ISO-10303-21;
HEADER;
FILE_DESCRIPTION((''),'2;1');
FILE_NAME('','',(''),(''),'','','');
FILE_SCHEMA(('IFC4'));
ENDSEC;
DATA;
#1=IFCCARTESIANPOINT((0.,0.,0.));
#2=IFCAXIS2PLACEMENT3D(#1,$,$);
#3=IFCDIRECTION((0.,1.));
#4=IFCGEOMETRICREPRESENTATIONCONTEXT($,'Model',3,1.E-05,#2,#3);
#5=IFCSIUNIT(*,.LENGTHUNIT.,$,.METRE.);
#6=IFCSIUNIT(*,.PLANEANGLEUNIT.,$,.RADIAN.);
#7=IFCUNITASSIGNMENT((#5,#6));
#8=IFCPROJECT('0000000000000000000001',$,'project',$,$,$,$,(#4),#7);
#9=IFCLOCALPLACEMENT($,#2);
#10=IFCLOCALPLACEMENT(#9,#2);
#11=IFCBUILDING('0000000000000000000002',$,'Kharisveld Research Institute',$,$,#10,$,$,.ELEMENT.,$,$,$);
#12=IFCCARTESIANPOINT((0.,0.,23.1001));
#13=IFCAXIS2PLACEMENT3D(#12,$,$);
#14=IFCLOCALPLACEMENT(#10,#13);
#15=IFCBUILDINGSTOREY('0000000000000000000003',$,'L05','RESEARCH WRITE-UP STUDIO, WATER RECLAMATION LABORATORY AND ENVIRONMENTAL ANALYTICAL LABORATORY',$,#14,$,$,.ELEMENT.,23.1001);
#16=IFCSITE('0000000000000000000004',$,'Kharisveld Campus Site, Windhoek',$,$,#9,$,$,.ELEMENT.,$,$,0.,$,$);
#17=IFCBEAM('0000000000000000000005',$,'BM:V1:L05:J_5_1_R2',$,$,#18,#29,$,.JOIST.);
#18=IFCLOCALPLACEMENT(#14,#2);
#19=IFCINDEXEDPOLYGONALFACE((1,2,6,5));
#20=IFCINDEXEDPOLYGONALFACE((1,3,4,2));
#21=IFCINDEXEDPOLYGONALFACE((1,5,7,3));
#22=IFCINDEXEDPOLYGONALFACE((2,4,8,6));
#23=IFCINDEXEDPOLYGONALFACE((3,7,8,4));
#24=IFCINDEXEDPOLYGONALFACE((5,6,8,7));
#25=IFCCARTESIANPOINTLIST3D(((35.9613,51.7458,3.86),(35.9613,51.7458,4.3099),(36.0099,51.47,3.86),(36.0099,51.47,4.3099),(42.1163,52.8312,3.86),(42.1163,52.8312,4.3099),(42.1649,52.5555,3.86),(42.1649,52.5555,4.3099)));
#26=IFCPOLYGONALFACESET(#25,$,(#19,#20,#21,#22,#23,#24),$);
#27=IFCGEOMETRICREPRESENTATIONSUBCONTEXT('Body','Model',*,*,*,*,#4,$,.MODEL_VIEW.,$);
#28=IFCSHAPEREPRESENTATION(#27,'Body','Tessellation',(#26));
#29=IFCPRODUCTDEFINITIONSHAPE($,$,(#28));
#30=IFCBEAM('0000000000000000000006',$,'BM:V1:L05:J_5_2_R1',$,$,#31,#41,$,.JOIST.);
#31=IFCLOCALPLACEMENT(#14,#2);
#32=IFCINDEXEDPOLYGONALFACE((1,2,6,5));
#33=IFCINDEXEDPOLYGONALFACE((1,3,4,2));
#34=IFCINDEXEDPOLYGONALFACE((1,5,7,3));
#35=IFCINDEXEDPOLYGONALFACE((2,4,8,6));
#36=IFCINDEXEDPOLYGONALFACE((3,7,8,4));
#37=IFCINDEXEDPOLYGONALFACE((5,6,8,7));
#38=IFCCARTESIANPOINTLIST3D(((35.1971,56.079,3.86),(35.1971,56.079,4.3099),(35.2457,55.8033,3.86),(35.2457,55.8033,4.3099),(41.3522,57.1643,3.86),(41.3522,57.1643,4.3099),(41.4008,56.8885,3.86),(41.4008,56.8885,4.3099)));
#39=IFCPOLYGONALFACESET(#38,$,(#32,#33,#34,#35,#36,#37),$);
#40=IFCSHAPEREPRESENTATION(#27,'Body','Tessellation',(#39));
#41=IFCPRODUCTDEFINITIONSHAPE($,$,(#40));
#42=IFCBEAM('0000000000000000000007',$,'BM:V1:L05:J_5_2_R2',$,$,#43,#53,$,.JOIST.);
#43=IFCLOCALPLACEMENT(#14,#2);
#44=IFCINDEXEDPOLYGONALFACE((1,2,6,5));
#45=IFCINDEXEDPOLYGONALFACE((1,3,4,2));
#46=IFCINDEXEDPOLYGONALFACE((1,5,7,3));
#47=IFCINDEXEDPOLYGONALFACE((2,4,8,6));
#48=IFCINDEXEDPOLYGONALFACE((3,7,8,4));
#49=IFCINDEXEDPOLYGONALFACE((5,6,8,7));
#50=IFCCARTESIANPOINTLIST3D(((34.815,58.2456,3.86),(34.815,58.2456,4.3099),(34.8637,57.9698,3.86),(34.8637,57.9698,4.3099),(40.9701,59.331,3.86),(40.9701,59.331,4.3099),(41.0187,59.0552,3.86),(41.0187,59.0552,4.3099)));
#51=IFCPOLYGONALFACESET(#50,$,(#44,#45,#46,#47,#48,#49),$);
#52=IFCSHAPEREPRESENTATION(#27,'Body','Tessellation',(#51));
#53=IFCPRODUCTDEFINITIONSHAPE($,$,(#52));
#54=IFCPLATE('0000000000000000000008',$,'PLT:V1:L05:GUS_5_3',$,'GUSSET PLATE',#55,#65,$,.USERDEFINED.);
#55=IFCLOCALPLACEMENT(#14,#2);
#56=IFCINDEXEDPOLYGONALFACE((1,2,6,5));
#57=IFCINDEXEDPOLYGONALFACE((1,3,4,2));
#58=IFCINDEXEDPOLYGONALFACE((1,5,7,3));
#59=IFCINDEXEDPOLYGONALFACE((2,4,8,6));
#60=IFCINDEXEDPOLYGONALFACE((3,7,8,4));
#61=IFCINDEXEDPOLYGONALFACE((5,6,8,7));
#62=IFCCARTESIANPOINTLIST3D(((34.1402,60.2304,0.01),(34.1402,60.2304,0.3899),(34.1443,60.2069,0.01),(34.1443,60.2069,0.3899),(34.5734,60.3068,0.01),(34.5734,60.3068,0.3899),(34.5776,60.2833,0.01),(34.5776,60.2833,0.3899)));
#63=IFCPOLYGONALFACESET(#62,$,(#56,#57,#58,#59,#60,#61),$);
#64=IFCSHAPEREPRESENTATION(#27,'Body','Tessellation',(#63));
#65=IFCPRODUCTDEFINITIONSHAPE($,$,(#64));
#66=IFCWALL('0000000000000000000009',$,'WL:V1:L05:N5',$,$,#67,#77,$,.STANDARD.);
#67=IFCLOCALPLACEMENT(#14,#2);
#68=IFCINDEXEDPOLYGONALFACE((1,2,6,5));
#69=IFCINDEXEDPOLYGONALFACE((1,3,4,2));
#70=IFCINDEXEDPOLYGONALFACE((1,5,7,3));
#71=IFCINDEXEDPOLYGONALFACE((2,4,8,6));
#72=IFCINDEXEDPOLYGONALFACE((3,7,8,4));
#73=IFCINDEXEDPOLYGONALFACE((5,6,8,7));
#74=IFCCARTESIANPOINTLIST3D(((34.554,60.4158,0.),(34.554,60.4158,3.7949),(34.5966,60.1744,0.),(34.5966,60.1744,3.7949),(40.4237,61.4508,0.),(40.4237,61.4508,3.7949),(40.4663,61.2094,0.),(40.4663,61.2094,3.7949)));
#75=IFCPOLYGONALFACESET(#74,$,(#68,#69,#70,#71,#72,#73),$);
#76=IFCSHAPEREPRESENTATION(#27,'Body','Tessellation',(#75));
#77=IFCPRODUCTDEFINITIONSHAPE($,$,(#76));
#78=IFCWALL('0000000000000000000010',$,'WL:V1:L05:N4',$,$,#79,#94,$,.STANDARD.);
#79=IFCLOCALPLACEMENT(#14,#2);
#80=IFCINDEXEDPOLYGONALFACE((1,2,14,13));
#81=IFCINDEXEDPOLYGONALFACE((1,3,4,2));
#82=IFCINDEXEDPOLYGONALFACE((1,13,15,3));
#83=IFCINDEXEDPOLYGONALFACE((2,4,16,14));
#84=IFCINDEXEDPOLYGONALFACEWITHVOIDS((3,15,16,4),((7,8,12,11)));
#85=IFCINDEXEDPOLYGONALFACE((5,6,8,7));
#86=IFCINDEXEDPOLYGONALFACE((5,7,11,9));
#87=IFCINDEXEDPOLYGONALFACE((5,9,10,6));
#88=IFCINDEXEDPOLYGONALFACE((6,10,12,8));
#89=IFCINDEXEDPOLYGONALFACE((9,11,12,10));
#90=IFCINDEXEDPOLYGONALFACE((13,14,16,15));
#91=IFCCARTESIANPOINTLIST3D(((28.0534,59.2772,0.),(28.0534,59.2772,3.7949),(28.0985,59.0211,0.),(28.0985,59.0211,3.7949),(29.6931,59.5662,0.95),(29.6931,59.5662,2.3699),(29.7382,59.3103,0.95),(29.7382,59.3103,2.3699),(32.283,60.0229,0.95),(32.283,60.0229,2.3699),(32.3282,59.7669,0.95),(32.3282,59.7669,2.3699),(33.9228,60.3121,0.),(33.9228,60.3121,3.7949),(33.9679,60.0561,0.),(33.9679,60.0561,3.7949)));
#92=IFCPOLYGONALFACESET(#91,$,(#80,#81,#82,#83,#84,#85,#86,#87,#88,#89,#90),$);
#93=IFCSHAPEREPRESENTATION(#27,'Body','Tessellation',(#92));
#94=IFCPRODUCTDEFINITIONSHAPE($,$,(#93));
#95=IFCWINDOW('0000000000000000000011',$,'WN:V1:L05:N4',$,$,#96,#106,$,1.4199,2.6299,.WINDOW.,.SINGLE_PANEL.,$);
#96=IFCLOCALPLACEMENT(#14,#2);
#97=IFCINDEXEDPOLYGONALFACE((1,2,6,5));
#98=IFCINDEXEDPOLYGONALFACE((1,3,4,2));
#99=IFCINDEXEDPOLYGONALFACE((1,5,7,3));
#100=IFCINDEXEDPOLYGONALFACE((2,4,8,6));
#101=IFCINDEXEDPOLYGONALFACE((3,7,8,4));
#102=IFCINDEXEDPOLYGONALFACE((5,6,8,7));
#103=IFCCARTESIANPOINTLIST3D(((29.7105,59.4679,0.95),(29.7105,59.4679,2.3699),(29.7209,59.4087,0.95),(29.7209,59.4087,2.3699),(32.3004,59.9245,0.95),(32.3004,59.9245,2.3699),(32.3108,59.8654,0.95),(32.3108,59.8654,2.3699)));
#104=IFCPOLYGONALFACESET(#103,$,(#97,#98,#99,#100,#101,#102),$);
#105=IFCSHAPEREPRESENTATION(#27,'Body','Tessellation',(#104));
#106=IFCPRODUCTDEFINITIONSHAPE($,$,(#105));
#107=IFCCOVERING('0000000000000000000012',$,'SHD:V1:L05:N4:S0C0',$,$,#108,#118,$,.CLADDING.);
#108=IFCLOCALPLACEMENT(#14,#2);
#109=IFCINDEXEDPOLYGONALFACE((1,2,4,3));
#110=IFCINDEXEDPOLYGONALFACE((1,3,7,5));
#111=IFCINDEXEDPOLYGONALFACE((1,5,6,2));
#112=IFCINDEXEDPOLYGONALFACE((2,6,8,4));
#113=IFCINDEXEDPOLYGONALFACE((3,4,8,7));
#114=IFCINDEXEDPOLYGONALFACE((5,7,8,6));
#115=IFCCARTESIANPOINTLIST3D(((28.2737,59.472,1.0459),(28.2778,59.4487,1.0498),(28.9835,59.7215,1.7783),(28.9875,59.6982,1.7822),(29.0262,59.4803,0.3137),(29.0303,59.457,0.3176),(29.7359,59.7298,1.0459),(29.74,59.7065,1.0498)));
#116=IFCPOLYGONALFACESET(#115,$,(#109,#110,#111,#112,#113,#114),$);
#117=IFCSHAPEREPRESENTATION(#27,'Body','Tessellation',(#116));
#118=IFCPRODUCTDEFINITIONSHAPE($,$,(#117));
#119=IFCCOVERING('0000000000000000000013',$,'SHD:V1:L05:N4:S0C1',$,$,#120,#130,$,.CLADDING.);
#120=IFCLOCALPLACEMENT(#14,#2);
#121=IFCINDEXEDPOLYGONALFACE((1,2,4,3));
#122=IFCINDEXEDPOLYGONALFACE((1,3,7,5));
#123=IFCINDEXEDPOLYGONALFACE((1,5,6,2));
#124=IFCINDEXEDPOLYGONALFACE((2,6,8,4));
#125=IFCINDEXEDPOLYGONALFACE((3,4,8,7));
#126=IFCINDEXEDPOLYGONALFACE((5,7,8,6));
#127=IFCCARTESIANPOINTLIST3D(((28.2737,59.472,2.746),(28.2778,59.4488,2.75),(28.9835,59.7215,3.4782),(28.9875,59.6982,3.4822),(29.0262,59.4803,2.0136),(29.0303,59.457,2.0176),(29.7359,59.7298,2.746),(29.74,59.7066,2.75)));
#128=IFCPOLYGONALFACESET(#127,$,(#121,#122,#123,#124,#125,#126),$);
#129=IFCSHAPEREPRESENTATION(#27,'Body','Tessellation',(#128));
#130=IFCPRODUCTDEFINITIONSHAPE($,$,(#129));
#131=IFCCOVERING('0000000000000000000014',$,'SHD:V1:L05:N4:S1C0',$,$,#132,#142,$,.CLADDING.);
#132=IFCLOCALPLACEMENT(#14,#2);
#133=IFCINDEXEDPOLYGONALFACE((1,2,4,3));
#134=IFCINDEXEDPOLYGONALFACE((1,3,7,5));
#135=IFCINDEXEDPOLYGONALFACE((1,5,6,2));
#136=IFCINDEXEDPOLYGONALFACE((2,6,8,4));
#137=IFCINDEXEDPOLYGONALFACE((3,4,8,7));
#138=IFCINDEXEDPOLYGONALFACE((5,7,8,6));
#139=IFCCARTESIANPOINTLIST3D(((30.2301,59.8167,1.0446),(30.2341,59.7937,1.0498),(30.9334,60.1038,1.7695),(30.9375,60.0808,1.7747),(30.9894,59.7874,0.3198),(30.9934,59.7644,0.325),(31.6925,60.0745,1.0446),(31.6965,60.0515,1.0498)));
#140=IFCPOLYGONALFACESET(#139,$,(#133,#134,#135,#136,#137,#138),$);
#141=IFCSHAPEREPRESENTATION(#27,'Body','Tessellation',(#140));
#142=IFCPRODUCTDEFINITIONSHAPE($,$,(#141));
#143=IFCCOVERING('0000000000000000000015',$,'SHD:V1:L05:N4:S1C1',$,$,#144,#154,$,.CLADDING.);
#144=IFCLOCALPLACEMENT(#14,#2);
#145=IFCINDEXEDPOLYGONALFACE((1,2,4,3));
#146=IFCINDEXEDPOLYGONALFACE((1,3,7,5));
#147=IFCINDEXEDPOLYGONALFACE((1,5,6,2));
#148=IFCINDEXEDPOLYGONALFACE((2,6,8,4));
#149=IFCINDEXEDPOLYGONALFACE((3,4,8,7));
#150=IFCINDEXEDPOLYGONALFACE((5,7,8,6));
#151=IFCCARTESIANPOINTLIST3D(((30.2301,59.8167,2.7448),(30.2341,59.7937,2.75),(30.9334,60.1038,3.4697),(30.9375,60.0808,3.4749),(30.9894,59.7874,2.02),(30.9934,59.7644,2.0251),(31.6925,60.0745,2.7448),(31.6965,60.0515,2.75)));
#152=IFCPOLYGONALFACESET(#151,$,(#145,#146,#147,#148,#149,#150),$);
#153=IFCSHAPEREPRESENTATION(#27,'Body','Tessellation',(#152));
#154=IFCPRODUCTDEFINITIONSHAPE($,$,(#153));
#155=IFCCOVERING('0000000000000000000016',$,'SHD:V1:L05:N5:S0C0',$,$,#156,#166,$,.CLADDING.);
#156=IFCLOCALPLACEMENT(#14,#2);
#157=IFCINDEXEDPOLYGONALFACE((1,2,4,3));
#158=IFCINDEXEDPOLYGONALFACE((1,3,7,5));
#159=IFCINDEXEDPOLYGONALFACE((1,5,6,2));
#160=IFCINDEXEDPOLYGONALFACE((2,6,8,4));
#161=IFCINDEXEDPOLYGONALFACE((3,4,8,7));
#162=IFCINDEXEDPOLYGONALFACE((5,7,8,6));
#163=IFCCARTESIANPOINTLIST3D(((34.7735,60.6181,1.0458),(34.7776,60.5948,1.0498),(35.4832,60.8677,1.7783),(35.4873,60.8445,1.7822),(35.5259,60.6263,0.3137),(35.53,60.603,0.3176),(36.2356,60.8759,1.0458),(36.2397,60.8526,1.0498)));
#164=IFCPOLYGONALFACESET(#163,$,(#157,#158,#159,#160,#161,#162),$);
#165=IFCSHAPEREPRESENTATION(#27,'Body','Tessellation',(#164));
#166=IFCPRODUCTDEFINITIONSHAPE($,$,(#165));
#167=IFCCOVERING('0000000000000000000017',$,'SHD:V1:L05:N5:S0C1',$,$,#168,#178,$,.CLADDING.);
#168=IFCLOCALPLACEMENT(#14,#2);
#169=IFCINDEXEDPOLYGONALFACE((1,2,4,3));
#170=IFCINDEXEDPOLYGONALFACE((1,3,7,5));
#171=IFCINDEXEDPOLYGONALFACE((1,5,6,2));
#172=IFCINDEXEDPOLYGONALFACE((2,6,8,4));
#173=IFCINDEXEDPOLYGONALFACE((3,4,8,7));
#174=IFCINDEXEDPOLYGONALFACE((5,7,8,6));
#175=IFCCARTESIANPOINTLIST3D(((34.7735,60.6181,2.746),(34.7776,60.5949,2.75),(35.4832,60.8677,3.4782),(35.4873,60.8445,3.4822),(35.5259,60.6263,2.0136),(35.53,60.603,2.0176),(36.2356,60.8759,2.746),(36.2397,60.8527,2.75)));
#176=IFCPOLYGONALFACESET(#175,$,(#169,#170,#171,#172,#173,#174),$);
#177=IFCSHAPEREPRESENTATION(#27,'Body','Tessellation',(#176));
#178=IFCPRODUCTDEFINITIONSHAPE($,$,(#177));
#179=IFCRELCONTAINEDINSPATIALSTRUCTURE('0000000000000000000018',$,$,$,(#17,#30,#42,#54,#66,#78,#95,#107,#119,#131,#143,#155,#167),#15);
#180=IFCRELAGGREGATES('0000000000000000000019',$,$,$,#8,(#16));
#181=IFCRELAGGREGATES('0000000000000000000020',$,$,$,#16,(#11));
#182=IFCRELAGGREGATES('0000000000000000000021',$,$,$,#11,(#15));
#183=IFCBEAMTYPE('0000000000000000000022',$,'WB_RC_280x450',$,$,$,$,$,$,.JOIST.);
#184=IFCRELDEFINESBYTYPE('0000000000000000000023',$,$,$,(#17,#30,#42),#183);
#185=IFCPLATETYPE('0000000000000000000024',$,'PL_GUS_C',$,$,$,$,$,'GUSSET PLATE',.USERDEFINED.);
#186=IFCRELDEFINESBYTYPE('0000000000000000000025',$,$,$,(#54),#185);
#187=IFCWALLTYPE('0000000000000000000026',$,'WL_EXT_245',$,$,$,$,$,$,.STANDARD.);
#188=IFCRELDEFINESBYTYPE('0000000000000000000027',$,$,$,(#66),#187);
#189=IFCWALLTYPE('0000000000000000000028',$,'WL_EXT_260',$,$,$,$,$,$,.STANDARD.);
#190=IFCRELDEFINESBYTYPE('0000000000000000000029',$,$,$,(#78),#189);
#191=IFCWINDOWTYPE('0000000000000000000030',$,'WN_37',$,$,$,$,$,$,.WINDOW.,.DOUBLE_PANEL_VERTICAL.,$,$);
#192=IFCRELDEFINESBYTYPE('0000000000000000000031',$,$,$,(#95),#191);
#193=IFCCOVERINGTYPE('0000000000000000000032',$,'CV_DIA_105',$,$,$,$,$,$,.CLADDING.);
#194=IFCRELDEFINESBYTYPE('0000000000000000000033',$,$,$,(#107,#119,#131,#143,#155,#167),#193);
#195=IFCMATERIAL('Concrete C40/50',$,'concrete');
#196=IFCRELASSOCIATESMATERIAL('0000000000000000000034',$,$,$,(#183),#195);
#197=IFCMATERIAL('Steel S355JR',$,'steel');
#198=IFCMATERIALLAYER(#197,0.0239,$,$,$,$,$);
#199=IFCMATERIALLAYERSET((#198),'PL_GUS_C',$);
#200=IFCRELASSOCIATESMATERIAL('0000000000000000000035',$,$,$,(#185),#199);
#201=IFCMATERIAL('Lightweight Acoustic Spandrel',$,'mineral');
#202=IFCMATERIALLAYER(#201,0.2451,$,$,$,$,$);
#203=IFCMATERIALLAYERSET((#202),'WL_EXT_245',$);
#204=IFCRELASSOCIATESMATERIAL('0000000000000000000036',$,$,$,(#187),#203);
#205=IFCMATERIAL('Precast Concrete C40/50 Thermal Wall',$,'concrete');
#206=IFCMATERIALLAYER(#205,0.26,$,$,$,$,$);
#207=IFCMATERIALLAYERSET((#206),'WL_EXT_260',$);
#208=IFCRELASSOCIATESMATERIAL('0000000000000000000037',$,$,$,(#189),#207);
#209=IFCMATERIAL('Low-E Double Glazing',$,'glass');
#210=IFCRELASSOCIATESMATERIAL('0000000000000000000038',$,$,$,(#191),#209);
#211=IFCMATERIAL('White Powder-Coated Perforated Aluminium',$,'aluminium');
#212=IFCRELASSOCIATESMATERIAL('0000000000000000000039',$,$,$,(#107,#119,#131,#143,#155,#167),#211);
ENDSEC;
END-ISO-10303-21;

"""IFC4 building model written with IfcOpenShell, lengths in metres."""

from ifc_helpers import new_model, si_unit, direction, frame, frame_2d, origin, origin_2d, place, context, subcontext, project, spatial, polyline, rectangle, outline, extrude, material, layer, layer_set, material_profile, profile_set, type_object, element, fill, save


model = new_model("IFC4")

# Units and contexts
model_context = context("Model", 3, precision=1e-05, world=origin(), true_north=direction((0.0, 1.0)))
body_context = subcontext(model_context, "Body", "Model", "MODEL_VIEW")
ifc_project = project(units=[si_unit("LENGTHUNIT", "METRE"), si_unit("PLANEANGLEUNIT", "RADIAN")], contexts=[model_context])

# Site, building, storey
site_placement = place(None, origin())
site = spatial("IfcSite", under=ifc_project, at=site_placement, Name="Kharisveld Campus Site, Windhoek", CompositionType="ELEMENT", RefElevation=0.0)
building_placement = place(site_placement, origin())
building = spatial("IfcBuilding", under=site, at=building_placement, Name="Kharisveld Research Institute", CompositionType="ELEMENT")
storey_placement = place(building_placement, frame((0.0, 0.0, 23.1001)))
storey = spatial("IfcBuildingStorey", under=building, at=storey_placement, Name="L05", Description="RESEARCH WRITE-UP STUDIO, WATER RECLAMATION LABORATORY AND ENVIRONMENTAL ANALYTICAL LABORATORY", CompositionType="ELEMENT", Elevation=23.1001)

# Beams
ifc_material_1 = material(Name="Concrete C40/50", Category="concrete")
ifc_material_profile_1 = material_profile(ifc_material_1, rectangle(XDim=0.28, YDim=0.45, at=origin_2d()))
ifc_profile_set_1 = profile_set([ifc_material_profile_1], Name="Concrete C40/50")
beam_type_1 = type_object("IfcBeamType", Name="WB_RC_280x450", PredefinedType="JOIST", material=ifc_profile_set_1)
for number, where, z_axis, x_axis, name in (
    (1, (35.9856, 51.6079, 4.085), (0.984804, 0.173672, 0.0), (-0.173672, 0.984804, 0.0), "BM:V1:L05:J_5_1_R2"),
    (2, (35.2214, 55.9412, 4.085), (0.98481, 0.173634, 0.0), (-0.173634, 0.98481, 0.0), "BM:V1:L05:J_5_2_R1"),
    (3, (34.8394, 58.1077, 4.085), (0.984804, 0.173672, 0.0), (-0.173672, 0.984804, 0.0), "BM:V1:L05:J_5_2_R2"),
):
    element("IfcBeam", number, at=place(storey_placement, frame(where, z_axis=z_axis, x_axis=x_axis)), inside=storey, type_object=beam_type_1, Name=name, PredefinedType="JOIST", context=body_context, shape_type="SweptSolid", body=[
        extrude(rectangle(XDim=0.28, YDim=0.45, at=origin_2d()), origin(), (0.0, 0.0, 1.0), 6.25),
    ])

# Plate
ifc_material_2 = material(Name="Steel S355JR", Category="steel")
ifc_layer_1 = layer(ifc_material_2, 0.0239)
ifc_layer_set_1 = layer_set([ifc_layer_1], Name="PL_GUS_C")
plate_type = type_object("IfcPlateType", Name="PL_GUS_C", ElementType="GUSSET PLATE", PredefinedType="USERDEFINED", material=ifc_layer_set_1)
plate_placement = place(storey_placement, frame((34.3589, 60.2568, 0.01), z_axis=(0.0, 0.0, 1.0), x_axis=(0.984808, 0.173648, 0.0)))
element("IfcPlate", 4, at=plate_placement, inside=storey, type_object=plate_type, Name="PLT:V1:L05:GUS_5_3", ObjectType="GUSSET PLATE", PredefinedType="USERDEFINED", context=body_context, shape_type="SweptSolid", body=[
    extrude(rectangle(XDim=0.4399, YDim=0.0239, at=origin_2d()), origin(), (0.0, 0.0, 1.0), 0.3799),
])

# Wall
ifc_material_3 = material(Name="Lightweight Acoustic Spandrel", Category="mineral")
ifc_layer_2 = layer(ifc_material_3, 0.2451)
ifc_layer_set_2 = layer_set([ifc_layer_2], Name="WL_EXT_245")
wall_type_1 = type_object("IfcWallType", Name="WL_EXT_245", PredefinedType="STANDARD", material=ifc_layer_set_2)
wall_1_placement = place(storey_placement, frame((34.5754, 60.2952, 0.0), z_axis=(0.0, 0.0, 1.0), x_axis=(0.98481, 0.173638, 0.0)))
element("IfcWall", 5, at=wall_1_placement, inside=storey, type_object=wall_type_1, Name="WL:V1:L05:N5", PredefinedType="STANDARD", context=body_context, shape_type="SweptSolid", body=[
    extrude(rectangle(XDim=5.9602, YDim=0.2451, at=frame_2d((2.98, 0.0))), origin(), (0.0, 0.0, 1.0), 3.7949),
])

# Wall, opening, window
ifc_material_4 = material(Name="Precast Concrete C40/50 Thermal Wall", Category="concrete")
ifc_layer_3 = layer(ifc_material_4, 0.26)
ifc_layer_set_3 = layer_set([ifc_layer_3], Name="WL_EXT_260")
wall_type_2 = type_object("IfcWallType", Name="WL_EXT_260", PredefinedType="STANDARD", material=ifc_layer_set_3)
wall_2_placement = place(storey_placement, frame((28.0759, 59.1492, 0.0), z_axis=(0.0, 0.0, 1.0), x_axis=(0.984808, 0.173645, 0.0)))
wall_2 = element("IfcWall", 6, at=wall_2_placement, inside=storey, type_object=wall_type_2, Name="WL:V1:L05:N4", PredefinedType="STANDARD", context=body_context, shape_type="SweptSolid", body=[
    extrude(rectangle(XDim=5.96, YDim=0.26, at=frame_2d((2.98, 0.0))), origin(), (0.0, 0.0, 1.0), 3.7949),
])
opening_placement = place(wall_2_placement, frame((1.665, 0.0, 0.95)))
opening = element("IfcOpeningElement", 7, at=opening_placement, cuts=wall_2, PredefinedType="OPENING", context=body_context, shape_type="SweptSolid", body=[
    extrude(rectangle(XDim=2.6299, YDim=1.4199, at=frame_2d((1.3149, 0.71))), frame((0.0, 0.1299, 0.0), z_axis=(0.0, -1.0, 0.0), x_axis=(1.0, 0.0, 0.0)), (0.0, 0.0, 1.0), 0.26),
])
ifc_material_5 = material(Name="Low-E Double Glazing", Category="glass")
window_type = type_object("IfcWindowType", Name="WN_37", PartitioningType="DOUBLE_PANEL_VERTICAL", PredefinedType="WINDOW", material=ifc_material_5)
window_placement = place(opening_placement, origin())
window = element("IfcWindow", 8, at=window_placement, inside=storey, type_object=window_type, Name="WN:V1:L05:N4", OverallHeight=1.4199, OverallWidth=2.6299, PartitioningType="SINGLE_PANEL", PredefinedType="WINDOW", context=body_context, shape_type="SweptSolid", body=[
    extrude(rectangle(XDim=2.6299, YDim=1.4199, at=frame_2d((1.3149, 0.71))), frame((0.0, 0.03, 0.0), z_axis=(0.0, -1.0, 0.0), x_axis=(1.0, 0.0, 0.0)), (0.0, 0.0, 1.0), 0.0601),
])
fill(opening, window)

# Coverings
ifc_material_6 = material(Name="White Powder-Coated Perforated Aluminium", Category="aluminium")
covering_type = type_object("IfcCoveringType", Name="CV_DIA_105", PredefinedType="CLADDING")
covering_1_placement = place(storey_placement, frame((29.0303, 59.457, 0.3176), z_axis=(0.171266, -0.971316, 0.164966), x_axis=(0.676066, 0.237661, 0.697461)))
element("IfcCovering", 9, at=covering_1_placement, inside=storey, type_object=covering_type, material=ifc_material_6, Name="SHD:V1:L05:N4:S0C0", PredefinedType="CLADDING", context=body_context, shape_type="SweptSolid", body=[
    extrude(outline(polyline([(0.0, 0.0), (1.0498, 0.0), (1.0499, 1.0501), (0.0, 1.0499), (0.0, 0.0)])), origin(), (0.0, 0.0, -1.0), 0.0239),
])
covering_2_placement = place(storey_placement, frame((29.0303, 59.457, 2.0176), z_axis=(0.171266, -0.971316, 0.164966), x_axis=(0.675949, 0.23766, 0.697574)))
element("IfcCovering", 10, at=covering_2_placement, inside=storey, type_object=covering_type, material=ifc_material_6, Name="SHD:V1:L05:N4:S0C1", PredefinedType="CLADDING", context=body_context, shape_type="SweptSolid", body=[
    extrude(outline(polyline([(0.0, 0.0), (1.05, 0.0), (1.0501, 1.0499), (0.0003, 1.0501), (0.0, 0.0)])), origin(), (0.0, 0.0, -1.0), 0.0239),
])
for number, where, z_axis, x_axis, name in (
    (11, (30.9934, 59.7644, 0.325), (0.169503, -0.961481, 0.216385), (0.669728, 0.273452, 0.690426), "SHD:V1:L05:N4:S1C0"),
    (12, (30.9934, 59.7644, 2.0251), (0.169503, -0.961481, 0.216385), (0.669728, 0.273452, 0.690426), "SHD:V1:L05:N4:S1C1"),
):
    element("IfcCovering", number, at=place(storey_placement, frame(where, z_axis=z_axis, x_axis=x_axis)), inside=storey, type_object=covering_type, material=ifc_material_6, Name=name, PredefinedType="CLADDING", context=body_context, shape_type="SweptSolid", body=[
        extrude(outline(polyline([(0.0, 0.0), (1.0499, 0.0), (1.05, 1.05), (0.0, 1.0501), (0.0, 0.0)])), origin(), (0.0, 0.0, -1.0), 0.0239),
    ])
covering_3_placement = place(storey_placement, frame((35.53, 60.603, 0.3176), z_axis=(0.171261, -0.97129, 0.165124), x_axis=(0.676046, 0.237771, 0.697443)))
element("IfcCovering", 13, at=covering_3_placement, inside=storey, type_object=covering_type, material=ifc_material_6, Name="SHD:V1:L05:N5:S0C0", PredefinedType="CLADDING", context=body_context, shape_type="SweptSolid", body=[
    extrude(outline(polyline([(0.0, 0.0), (1.0498, 0.0), (1.05, 1.0501), (0.0, 1.0499), (0.0, 0.0)])), origin(), (0.0, 0.0, -1.0), 0.0239),
])
covering_4_placement = place(storey_placement, frame((35.53, 60.603, 2.0176), z_axis=(0.171261, -0.97129, 0.165124), x_axis=(0.67593, 0.23777, 0.697556)))
element("IfcCovering", 14, at=covering_4_placement, inside=storey, type_object=covering_type, material=ifc_material_6, Name="SHD:V1:L05:N5:S0C1", PredefinedType="CLADDING", context=body_context, shape_type="SweptSolid", body=[
    extrude(outline(polyline([(0.0, 0.0), (1.05, 0.0), (1.0502, 1.0499), (0.0003, 1.0501), (0.0, 0.0)])), origin(), (0.0, 0.0, -1.0), 0.0239),
])

save(model, "model.ifc")
